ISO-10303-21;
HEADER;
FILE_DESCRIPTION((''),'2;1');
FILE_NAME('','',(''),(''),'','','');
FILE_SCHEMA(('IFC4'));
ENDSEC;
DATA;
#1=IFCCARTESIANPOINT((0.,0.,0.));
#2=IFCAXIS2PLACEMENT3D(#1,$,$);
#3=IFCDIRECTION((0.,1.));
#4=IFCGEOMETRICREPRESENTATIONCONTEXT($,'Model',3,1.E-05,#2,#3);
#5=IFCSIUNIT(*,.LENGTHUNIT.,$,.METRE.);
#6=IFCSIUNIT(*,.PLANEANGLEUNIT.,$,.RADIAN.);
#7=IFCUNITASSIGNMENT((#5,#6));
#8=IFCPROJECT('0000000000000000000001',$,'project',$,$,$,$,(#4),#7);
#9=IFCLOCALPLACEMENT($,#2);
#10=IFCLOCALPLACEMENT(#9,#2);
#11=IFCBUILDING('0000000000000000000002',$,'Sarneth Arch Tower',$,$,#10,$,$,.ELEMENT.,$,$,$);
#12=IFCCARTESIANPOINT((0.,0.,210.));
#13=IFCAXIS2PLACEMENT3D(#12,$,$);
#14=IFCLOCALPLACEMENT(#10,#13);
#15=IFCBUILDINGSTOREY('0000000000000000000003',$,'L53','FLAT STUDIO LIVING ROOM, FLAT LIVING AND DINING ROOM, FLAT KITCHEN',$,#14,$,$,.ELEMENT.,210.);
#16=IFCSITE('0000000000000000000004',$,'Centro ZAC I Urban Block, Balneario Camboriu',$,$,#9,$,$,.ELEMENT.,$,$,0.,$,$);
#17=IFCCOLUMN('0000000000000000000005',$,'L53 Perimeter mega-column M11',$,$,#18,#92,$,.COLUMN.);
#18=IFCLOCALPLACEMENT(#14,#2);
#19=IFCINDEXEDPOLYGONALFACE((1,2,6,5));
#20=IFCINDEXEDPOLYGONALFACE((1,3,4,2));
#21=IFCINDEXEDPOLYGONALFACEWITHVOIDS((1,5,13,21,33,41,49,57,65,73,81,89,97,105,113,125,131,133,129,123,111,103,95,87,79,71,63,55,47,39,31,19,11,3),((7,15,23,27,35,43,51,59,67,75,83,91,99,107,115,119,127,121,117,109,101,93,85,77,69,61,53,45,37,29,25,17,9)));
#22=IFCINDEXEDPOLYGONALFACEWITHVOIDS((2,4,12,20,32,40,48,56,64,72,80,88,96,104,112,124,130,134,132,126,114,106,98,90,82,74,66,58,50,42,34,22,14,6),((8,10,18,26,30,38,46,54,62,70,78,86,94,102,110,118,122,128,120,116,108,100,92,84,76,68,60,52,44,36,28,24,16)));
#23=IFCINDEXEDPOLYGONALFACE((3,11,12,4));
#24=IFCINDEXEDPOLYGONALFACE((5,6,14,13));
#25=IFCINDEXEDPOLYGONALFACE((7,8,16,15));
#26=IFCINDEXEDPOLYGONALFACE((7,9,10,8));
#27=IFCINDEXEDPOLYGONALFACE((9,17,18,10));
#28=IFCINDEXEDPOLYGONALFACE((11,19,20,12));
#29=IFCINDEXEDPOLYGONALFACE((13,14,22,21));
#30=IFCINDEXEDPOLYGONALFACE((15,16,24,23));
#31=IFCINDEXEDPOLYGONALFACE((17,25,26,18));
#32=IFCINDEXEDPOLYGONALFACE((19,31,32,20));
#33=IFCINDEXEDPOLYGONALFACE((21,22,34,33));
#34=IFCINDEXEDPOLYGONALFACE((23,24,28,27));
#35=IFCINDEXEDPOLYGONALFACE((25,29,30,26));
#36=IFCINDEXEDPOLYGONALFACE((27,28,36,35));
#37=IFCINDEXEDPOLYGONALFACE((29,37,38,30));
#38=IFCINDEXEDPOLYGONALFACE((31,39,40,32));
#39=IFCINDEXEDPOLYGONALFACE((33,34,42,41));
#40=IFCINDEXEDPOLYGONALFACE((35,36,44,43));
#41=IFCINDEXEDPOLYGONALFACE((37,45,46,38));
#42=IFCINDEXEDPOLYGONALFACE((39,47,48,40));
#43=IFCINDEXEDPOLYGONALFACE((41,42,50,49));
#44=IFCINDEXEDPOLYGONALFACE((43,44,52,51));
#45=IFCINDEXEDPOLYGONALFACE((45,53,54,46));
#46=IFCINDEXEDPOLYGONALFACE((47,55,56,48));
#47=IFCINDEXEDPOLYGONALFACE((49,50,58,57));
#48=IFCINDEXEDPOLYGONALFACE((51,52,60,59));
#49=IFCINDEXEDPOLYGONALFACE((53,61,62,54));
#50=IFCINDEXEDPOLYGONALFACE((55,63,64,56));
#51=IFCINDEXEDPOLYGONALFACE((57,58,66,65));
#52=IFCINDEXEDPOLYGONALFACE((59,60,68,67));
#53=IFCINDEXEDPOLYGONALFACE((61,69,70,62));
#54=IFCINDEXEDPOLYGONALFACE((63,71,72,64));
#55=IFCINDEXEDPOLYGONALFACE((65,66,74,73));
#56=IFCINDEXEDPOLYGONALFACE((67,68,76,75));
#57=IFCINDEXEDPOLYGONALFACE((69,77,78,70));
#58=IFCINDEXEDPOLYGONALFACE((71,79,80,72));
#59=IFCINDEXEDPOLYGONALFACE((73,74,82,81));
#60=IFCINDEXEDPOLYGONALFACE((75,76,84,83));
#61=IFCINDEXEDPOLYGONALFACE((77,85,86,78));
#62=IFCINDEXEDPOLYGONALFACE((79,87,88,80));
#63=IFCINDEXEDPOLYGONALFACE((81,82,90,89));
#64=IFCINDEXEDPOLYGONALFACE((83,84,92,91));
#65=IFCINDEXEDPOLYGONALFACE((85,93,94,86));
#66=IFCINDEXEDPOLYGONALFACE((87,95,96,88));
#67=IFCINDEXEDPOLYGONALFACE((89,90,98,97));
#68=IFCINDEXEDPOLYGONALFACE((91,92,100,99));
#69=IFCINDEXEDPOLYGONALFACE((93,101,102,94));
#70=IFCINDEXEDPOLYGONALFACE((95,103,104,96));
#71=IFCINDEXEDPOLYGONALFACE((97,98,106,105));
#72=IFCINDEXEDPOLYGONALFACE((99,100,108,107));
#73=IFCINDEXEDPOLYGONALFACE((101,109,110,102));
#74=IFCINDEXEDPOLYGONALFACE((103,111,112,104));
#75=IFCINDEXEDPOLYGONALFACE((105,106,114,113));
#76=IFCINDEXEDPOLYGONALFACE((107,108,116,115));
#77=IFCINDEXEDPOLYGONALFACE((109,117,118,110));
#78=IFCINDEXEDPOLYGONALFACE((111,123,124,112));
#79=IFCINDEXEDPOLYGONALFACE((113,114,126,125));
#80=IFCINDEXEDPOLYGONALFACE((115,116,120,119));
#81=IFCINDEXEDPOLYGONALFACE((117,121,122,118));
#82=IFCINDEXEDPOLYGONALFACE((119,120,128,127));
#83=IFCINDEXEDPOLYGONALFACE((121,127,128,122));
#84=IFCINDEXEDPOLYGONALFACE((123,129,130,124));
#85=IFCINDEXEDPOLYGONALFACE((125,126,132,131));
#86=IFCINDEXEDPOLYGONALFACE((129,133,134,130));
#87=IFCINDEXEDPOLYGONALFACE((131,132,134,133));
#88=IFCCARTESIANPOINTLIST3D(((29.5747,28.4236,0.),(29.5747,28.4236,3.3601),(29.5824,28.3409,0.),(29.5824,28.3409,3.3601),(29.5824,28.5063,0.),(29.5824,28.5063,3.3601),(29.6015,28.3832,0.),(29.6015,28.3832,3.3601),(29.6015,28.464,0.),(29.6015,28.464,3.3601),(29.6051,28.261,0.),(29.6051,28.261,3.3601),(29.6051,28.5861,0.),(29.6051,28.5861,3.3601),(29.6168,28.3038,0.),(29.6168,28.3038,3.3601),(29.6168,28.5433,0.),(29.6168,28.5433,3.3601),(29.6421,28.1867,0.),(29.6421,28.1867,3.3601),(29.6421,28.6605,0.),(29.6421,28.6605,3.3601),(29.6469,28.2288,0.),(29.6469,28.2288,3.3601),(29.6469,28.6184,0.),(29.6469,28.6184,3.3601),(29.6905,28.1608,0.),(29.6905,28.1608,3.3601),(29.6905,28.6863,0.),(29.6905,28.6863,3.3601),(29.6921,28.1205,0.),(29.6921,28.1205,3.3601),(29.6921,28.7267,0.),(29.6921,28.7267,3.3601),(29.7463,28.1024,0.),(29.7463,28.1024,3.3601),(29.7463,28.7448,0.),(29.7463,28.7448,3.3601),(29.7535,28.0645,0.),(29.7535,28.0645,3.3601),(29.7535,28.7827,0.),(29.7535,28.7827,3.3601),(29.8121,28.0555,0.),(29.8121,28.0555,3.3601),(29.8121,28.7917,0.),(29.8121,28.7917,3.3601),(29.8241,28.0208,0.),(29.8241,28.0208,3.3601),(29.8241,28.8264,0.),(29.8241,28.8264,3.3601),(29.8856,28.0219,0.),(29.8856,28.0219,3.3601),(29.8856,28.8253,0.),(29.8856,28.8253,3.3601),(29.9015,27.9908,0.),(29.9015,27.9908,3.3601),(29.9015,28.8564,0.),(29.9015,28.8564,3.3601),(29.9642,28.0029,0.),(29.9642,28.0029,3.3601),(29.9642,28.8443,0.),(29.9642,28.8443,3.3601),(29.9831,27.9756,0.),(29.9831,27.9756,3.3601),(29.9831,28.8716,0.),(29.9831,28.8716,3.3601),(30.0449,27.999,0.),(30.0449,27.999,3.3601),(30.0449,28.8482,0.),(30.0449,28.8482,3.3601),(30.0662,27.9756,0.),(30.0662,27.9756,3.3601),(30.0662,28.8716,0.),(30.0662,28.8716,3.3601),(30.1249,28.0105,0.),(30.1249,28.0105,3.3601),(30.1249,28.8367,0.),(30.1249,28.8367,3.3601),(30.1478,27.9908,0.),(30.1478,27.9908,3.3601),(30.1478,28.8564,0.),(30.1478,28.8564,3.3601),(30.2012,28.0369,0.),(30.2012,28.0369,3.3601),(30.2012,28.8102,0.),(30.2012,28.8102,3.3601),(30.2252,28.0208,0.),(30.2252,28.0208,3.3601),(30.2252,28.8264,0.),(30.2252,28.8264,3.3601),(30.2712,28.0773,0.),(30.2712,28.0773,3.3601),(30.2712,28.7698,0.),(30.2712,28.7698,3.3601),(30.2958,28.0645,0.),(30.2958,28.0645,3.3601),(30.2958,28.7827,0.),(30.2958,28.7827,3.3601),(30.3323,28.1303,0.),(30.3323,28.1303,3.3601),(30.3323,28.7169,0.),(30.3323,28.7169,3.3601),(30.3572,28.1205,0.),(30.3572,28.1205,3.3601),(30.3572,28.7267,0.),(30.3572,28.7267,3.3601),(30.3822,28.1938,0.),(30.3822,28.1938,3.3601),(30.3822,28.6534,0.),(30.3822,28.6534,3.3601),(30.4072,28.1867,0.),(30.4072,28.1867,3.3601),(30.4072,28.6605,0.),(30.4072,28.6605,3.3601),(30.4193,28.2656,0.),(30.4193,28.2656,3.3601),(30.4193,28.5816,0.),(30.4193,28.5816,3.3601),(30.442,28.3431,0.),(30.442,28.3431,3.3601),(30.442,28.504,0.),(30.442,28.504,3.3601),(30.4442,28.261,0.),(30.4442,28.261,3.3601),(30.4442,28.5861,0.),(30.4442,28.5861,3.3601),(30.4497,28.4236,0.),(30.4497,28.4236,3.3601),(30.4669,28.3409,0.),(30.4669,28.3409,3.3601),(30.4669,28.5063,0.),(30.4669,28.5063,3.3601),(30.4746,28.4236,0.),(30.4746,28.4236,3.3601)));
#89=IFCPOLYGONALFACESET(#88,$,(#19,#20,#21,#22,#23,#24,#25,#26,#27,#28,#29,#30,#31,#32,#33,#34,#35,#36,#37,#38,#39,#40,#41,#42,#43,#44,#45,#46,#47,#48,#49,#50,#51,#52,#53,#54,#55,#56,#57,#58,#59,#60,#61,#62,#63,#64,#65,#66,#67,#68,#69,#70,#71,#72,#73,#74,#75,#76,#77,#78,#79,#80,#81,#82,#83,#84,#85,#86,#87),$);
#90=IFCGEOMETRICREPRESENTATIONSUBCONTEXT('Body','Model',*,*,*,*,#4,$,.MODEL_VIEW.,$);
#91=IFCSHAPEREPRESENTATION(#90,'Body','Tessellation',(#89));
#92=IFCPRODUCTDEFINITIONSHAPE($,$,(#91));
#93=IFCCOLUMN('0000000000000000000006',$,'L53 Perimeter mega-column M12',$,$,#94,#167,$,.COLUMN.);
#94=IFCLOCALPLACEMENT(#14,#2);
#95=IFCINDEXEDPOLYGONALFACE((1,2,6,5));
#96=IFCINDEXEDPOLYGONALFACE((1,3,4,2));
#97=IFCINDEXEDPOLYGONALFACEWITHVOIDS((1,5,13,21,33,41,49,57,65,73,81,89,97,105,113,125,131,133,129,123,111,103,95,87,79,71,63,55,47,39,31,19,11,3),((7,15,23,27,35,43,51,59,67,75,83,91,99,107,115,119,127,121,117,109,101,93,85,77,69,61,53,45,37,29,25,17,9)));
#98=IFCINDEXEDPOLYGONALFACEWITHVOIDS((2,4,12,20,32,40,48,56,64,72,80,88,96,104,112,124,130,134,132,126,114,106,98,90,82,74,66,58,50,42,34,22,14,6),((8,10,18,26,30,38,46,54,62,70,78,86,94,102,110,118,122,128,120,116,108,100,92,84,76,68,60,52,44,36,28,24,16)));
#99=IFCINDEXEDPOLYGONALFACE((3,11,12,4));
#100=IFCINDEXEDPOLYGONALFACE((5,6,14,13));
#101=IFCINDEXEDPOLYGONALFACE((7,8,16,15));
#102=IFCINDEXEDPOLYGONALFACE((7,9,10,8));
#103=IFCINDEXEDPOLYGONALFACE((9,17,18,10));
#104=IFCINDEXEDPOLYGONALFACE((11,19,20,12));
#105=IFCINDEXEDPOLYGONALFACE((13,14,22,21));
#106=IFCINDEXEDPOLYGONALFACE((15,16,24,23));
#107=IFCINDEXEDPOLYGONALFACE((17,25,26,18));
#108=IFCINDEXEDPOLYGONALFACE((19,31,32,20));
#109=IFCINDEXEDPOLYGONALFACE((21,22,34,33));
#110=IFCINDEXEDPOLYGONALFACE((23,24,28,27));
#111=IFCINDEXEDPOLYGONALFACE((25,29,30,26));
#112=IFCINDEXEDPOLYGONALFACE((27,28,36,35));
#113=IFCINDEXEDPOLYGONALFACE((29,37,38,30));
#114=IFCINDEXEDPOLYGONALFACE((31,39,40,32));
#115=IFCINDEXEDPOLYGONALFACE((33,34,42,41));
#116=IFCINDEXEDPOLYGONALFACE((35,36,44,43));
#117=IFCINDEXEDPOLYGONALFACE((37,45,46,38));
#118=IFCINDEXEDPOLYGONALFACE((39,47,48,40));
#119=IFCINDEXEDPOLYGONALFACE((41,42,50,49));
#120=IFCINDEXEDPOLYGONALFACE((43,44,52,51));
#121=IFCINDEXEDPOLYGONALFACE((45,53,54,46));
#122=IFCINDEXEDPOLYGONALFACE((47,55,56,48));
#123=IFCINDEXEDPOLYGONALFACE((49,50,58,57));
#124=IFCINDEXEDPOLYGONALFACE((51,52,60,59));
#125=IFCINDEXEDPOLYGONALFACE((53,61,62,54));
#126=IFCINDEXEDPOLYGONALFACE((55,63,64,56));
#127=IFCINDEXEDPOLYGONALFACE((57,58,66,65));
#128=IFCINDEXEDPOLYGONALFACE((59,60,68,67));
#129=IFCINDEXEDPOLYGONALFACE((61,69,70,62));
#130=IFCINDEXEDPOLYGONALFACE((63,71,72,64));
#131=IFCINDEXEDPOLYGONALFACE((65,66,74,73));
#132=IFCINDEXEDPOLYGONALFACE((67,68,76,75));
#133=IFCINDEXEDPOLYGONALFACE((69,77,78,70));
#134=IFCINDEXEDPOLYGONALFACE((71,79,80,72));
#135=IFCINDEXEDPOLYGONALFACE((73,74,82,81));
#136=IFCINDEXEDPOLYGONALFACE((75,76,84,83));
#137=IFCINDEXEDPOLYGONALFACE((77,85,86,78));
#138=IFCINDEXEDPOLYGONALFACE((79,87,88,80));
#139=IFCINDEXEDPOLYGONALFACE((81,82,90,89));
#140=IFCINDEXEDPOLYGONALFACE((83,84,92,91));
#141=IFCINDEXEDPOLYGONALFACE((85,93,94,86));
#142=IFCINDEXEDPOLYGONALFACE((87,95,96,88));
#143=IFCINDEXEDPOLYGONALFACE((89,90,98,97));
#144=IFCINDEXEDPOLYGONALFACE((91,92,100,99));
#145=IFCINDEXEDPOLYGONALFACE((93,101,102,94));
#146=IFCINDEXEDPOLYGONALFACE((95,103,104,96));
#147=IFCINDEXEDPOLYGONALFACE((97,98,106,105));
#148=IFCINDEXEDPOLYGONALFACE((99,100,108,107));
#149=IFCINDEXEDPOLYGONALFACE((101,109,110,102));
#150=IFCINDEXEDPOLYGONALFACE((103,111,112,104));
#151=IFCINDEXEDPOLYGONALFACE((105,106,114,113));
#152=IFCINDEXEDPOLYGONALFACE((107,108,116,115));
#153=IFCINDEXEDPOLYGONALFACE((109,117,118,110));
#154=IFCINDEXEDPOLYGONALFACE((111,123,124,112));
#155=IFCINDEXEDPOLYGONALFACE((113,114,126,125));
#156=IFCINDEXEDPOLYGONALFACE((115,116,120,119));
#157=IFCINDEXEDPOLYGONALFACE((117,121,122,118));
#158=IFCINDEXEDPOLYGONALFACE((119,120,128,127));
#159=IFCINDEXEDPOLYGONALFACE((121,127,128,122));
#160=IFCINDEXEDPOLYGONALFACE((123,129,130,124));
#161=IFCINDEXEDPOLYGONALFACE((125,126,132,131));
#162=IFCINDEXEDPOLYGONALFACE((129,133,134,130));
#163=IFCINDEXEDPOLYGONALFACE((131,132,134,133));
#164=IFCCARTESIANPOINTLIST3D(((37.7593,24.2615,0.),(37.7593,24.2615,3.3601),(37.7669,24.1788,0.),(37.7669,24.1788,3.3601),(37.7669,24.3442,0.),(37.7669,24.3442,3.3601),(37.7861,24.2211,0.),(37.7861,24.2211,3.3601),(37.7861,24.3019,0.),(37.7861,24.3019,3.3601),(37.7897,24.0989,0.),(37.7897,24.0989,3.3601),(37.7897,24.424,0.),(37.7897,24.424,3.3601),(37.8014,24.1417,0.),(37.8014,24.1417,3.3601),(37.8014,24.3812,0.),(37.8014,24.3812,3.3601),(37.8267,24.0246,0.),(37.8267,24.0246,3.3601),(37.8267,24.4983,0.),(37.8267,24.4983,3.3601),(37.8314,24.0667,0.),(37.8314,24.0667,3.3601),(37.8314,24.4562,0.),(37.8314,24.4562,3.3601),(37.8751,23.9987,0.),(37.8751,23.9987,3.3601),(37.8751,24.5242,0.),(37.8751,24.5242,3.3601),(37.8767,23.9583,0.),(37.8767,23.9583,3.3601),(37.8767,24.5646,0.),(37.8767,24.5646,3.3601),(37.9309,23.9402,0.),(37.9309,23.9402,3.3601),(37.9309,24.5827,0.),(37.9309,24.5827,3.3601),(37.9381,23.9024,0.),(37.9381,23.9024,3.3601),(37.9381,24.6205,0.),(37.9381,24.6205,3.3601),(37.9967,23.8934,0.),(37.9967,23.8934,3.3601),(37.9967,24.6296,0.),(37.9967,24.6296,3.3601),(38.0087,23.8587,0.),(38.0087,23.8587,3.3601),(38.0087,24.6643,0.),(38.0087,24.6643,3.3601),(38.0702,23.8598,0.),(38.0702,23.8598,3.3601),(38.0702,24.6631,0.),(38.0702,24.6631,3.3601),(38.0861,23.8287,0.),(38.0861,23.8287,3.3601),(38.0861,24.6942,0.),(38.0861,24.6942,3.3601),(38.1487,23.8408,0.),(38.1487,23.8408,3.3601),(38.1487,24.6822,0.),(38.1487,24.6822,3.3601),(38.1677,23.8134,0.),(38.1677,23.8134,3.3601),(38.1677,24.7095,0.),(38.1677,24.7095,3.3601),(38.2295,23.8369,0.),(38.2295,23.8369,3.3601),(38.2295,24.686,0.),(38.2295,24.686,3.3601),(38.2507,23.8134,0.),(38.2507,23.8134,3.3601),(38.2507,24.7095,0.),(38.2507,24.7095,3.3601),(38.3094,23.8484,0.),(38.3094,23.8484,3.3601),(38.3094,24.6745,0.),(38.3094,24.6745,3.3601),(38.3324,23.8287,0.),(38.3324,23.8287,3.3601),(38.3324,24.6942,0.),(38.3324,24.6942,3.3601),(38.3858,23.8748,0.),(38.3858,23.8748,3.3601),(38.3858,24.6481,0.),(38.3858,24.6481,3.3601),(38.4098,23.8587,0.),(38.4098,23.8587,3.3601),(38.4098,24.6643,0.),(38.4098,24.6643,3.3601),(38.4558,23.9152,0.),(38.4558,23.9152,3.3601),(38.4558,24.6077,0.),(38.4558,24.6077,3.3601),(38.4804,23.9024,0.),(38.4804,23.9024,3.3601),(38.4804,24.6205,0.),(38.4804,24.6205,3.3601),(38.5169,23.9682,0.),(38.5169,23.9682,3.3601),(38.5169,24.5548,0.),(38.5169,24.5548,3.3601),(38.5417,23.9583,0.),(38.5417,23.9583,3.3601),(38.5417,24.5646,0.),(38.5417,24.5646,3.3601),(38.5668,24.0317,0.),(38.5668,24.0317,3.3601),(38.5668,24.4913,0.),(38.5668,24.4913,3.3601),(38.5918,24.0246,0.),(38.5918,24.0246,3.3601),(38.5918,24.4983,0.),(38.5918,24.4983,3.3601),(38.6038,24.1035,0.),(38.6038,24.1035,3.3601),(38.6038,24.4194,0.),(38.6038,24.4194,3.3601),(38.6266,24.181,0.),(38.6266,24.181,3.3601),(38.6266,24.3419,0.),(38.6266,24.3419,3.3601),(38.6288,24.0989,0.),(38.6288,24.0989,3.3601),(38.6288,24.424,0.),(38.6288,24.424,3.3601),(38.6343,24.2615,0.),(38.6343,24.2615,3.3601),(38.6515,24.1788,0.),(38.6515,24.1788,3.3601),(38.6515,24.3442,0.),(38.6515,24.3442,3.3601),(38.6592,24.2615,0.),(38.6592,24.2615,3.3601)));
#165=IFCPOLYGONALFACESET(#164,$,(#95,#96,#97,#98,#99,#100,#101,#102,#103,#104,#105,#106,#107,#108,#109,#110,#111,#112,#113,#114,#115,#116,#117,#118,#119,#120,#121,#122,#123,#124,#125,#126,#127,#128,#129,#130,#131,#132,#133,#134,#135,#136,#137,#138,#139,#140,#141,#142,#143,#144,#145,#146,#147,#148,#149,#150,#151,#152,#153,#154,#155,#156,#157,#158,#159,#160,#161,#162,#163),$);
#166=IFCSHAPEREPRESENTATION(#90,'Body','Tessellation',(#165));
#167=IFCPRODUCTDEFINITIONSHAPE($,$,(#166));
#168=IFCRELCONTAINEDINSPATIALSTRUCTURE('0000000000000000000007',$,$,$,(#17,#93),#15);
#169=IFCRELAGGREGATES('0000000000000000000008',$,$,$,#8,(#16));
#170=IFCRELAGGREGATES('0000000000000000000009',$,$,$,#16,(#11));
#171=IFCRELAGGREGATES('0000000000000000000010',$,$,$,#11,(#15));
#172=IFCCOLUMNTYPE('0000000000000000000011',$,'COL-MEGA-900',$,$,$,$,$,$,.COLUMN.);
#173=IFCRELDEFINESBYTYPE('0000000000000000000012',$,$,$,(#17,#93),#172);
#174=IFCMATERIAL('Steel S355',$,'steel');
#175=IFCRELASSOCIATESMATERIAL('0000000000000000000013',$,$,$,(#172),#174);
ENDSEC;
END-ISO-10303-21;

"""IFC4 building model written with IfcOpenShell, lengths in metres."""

from ifc_helpers import new_model, si_unit, direction, frame, origin, origin_2d, place, context, subcontext, project, spatial, hollow_circle, extrude, material, material_profile, profile_set, type_object, element, save


model = new_model("IFC4")

# Units and contexts
model_context = context("Model", 3, precision=1e-05, world=origin(), true_north=direction((0.0, 1.0)))
body_context = subcontext(model_context, "Body", "Model", "MODEL_VIEW")
ifc_project = project(units=[si_unit("LENGTHUNIT", "METRE"), si_unit("PLANEANGLEUNIT", "RADIAN")], contexts=[model_context])

# Site, building, storey
site_placement = place(None, origin())
site = spatial("IfcSite", under=ifc_project, at=site_placement, Name="Centro ZAC I Urban Block, Balneario Camboriu", CompositionType="ELEMENT", RefElevation=0.0)
building_placement = place(site_placement, origin())
building = spatial("IfcBuilding", under=site, at=building_placement, Name="Sarneth Arch Tower", CompositionType="ELEMENT")
storey_placement = place(building_placement, frame((0.0, 0.0, 210.0)))
storey = spatial("IfcBuildingStorey", under=building, at=storey_placement, Name="L53", Description="FLAT STUDIO LIVING ROOM, FLAT LIVING AND DINING ROOM, FLAT KITCHEN", CompositionType="ELEMENT", Elevation=210.0)

# Columns
ifc_material_1 = material(Name="Steel S355", Category="steel")
ifc_material_profile_1 = material_profile(ifc_material_1, hollow_circle(Radius=0.45, WallThickness=0.0249, at=origin_2d()), Name="CHS900x25")
ifc_profile_set_1 = profile_set([ifc_material_profile_1], Name="Steel S355")
column_type = type_object("IfcColumnType", Name="COL-MEGA-900", PredefinedType="COLUMN", material=ifc_profile_set_1)
for number, where, z_axis, x_axis, name in (
    (1, (30.0247, 28.4236, 0.0), (0.0, 0.0, 1.0), (1.0, 0.0, 0.0), "L53 Perimeter mega-column M11"),
    (2, (38.2092, 24.2615, 0.0), (0.0, 0.0, 1.0), (1.0, 0.0, 0.0), "L53 Perimeter mega-column M12"),
):
    element("IfcColumn", number, at=place(storey_placement, frame(where, z_axis=z_axis, x_axis=x_axis)), inside=storey, type_object=column_type, Name=name, PredefinedType="COLUMN", context=body_context, shape_type="SweptSolid", body=[
        extrude(hollow_circle(Radius=0.45, WallThickness=0.0249, at=origin_2d()), origin(), (0.0, 0.0, 1.0), 3.3601),
    ])

save(model, "model.ifc")
